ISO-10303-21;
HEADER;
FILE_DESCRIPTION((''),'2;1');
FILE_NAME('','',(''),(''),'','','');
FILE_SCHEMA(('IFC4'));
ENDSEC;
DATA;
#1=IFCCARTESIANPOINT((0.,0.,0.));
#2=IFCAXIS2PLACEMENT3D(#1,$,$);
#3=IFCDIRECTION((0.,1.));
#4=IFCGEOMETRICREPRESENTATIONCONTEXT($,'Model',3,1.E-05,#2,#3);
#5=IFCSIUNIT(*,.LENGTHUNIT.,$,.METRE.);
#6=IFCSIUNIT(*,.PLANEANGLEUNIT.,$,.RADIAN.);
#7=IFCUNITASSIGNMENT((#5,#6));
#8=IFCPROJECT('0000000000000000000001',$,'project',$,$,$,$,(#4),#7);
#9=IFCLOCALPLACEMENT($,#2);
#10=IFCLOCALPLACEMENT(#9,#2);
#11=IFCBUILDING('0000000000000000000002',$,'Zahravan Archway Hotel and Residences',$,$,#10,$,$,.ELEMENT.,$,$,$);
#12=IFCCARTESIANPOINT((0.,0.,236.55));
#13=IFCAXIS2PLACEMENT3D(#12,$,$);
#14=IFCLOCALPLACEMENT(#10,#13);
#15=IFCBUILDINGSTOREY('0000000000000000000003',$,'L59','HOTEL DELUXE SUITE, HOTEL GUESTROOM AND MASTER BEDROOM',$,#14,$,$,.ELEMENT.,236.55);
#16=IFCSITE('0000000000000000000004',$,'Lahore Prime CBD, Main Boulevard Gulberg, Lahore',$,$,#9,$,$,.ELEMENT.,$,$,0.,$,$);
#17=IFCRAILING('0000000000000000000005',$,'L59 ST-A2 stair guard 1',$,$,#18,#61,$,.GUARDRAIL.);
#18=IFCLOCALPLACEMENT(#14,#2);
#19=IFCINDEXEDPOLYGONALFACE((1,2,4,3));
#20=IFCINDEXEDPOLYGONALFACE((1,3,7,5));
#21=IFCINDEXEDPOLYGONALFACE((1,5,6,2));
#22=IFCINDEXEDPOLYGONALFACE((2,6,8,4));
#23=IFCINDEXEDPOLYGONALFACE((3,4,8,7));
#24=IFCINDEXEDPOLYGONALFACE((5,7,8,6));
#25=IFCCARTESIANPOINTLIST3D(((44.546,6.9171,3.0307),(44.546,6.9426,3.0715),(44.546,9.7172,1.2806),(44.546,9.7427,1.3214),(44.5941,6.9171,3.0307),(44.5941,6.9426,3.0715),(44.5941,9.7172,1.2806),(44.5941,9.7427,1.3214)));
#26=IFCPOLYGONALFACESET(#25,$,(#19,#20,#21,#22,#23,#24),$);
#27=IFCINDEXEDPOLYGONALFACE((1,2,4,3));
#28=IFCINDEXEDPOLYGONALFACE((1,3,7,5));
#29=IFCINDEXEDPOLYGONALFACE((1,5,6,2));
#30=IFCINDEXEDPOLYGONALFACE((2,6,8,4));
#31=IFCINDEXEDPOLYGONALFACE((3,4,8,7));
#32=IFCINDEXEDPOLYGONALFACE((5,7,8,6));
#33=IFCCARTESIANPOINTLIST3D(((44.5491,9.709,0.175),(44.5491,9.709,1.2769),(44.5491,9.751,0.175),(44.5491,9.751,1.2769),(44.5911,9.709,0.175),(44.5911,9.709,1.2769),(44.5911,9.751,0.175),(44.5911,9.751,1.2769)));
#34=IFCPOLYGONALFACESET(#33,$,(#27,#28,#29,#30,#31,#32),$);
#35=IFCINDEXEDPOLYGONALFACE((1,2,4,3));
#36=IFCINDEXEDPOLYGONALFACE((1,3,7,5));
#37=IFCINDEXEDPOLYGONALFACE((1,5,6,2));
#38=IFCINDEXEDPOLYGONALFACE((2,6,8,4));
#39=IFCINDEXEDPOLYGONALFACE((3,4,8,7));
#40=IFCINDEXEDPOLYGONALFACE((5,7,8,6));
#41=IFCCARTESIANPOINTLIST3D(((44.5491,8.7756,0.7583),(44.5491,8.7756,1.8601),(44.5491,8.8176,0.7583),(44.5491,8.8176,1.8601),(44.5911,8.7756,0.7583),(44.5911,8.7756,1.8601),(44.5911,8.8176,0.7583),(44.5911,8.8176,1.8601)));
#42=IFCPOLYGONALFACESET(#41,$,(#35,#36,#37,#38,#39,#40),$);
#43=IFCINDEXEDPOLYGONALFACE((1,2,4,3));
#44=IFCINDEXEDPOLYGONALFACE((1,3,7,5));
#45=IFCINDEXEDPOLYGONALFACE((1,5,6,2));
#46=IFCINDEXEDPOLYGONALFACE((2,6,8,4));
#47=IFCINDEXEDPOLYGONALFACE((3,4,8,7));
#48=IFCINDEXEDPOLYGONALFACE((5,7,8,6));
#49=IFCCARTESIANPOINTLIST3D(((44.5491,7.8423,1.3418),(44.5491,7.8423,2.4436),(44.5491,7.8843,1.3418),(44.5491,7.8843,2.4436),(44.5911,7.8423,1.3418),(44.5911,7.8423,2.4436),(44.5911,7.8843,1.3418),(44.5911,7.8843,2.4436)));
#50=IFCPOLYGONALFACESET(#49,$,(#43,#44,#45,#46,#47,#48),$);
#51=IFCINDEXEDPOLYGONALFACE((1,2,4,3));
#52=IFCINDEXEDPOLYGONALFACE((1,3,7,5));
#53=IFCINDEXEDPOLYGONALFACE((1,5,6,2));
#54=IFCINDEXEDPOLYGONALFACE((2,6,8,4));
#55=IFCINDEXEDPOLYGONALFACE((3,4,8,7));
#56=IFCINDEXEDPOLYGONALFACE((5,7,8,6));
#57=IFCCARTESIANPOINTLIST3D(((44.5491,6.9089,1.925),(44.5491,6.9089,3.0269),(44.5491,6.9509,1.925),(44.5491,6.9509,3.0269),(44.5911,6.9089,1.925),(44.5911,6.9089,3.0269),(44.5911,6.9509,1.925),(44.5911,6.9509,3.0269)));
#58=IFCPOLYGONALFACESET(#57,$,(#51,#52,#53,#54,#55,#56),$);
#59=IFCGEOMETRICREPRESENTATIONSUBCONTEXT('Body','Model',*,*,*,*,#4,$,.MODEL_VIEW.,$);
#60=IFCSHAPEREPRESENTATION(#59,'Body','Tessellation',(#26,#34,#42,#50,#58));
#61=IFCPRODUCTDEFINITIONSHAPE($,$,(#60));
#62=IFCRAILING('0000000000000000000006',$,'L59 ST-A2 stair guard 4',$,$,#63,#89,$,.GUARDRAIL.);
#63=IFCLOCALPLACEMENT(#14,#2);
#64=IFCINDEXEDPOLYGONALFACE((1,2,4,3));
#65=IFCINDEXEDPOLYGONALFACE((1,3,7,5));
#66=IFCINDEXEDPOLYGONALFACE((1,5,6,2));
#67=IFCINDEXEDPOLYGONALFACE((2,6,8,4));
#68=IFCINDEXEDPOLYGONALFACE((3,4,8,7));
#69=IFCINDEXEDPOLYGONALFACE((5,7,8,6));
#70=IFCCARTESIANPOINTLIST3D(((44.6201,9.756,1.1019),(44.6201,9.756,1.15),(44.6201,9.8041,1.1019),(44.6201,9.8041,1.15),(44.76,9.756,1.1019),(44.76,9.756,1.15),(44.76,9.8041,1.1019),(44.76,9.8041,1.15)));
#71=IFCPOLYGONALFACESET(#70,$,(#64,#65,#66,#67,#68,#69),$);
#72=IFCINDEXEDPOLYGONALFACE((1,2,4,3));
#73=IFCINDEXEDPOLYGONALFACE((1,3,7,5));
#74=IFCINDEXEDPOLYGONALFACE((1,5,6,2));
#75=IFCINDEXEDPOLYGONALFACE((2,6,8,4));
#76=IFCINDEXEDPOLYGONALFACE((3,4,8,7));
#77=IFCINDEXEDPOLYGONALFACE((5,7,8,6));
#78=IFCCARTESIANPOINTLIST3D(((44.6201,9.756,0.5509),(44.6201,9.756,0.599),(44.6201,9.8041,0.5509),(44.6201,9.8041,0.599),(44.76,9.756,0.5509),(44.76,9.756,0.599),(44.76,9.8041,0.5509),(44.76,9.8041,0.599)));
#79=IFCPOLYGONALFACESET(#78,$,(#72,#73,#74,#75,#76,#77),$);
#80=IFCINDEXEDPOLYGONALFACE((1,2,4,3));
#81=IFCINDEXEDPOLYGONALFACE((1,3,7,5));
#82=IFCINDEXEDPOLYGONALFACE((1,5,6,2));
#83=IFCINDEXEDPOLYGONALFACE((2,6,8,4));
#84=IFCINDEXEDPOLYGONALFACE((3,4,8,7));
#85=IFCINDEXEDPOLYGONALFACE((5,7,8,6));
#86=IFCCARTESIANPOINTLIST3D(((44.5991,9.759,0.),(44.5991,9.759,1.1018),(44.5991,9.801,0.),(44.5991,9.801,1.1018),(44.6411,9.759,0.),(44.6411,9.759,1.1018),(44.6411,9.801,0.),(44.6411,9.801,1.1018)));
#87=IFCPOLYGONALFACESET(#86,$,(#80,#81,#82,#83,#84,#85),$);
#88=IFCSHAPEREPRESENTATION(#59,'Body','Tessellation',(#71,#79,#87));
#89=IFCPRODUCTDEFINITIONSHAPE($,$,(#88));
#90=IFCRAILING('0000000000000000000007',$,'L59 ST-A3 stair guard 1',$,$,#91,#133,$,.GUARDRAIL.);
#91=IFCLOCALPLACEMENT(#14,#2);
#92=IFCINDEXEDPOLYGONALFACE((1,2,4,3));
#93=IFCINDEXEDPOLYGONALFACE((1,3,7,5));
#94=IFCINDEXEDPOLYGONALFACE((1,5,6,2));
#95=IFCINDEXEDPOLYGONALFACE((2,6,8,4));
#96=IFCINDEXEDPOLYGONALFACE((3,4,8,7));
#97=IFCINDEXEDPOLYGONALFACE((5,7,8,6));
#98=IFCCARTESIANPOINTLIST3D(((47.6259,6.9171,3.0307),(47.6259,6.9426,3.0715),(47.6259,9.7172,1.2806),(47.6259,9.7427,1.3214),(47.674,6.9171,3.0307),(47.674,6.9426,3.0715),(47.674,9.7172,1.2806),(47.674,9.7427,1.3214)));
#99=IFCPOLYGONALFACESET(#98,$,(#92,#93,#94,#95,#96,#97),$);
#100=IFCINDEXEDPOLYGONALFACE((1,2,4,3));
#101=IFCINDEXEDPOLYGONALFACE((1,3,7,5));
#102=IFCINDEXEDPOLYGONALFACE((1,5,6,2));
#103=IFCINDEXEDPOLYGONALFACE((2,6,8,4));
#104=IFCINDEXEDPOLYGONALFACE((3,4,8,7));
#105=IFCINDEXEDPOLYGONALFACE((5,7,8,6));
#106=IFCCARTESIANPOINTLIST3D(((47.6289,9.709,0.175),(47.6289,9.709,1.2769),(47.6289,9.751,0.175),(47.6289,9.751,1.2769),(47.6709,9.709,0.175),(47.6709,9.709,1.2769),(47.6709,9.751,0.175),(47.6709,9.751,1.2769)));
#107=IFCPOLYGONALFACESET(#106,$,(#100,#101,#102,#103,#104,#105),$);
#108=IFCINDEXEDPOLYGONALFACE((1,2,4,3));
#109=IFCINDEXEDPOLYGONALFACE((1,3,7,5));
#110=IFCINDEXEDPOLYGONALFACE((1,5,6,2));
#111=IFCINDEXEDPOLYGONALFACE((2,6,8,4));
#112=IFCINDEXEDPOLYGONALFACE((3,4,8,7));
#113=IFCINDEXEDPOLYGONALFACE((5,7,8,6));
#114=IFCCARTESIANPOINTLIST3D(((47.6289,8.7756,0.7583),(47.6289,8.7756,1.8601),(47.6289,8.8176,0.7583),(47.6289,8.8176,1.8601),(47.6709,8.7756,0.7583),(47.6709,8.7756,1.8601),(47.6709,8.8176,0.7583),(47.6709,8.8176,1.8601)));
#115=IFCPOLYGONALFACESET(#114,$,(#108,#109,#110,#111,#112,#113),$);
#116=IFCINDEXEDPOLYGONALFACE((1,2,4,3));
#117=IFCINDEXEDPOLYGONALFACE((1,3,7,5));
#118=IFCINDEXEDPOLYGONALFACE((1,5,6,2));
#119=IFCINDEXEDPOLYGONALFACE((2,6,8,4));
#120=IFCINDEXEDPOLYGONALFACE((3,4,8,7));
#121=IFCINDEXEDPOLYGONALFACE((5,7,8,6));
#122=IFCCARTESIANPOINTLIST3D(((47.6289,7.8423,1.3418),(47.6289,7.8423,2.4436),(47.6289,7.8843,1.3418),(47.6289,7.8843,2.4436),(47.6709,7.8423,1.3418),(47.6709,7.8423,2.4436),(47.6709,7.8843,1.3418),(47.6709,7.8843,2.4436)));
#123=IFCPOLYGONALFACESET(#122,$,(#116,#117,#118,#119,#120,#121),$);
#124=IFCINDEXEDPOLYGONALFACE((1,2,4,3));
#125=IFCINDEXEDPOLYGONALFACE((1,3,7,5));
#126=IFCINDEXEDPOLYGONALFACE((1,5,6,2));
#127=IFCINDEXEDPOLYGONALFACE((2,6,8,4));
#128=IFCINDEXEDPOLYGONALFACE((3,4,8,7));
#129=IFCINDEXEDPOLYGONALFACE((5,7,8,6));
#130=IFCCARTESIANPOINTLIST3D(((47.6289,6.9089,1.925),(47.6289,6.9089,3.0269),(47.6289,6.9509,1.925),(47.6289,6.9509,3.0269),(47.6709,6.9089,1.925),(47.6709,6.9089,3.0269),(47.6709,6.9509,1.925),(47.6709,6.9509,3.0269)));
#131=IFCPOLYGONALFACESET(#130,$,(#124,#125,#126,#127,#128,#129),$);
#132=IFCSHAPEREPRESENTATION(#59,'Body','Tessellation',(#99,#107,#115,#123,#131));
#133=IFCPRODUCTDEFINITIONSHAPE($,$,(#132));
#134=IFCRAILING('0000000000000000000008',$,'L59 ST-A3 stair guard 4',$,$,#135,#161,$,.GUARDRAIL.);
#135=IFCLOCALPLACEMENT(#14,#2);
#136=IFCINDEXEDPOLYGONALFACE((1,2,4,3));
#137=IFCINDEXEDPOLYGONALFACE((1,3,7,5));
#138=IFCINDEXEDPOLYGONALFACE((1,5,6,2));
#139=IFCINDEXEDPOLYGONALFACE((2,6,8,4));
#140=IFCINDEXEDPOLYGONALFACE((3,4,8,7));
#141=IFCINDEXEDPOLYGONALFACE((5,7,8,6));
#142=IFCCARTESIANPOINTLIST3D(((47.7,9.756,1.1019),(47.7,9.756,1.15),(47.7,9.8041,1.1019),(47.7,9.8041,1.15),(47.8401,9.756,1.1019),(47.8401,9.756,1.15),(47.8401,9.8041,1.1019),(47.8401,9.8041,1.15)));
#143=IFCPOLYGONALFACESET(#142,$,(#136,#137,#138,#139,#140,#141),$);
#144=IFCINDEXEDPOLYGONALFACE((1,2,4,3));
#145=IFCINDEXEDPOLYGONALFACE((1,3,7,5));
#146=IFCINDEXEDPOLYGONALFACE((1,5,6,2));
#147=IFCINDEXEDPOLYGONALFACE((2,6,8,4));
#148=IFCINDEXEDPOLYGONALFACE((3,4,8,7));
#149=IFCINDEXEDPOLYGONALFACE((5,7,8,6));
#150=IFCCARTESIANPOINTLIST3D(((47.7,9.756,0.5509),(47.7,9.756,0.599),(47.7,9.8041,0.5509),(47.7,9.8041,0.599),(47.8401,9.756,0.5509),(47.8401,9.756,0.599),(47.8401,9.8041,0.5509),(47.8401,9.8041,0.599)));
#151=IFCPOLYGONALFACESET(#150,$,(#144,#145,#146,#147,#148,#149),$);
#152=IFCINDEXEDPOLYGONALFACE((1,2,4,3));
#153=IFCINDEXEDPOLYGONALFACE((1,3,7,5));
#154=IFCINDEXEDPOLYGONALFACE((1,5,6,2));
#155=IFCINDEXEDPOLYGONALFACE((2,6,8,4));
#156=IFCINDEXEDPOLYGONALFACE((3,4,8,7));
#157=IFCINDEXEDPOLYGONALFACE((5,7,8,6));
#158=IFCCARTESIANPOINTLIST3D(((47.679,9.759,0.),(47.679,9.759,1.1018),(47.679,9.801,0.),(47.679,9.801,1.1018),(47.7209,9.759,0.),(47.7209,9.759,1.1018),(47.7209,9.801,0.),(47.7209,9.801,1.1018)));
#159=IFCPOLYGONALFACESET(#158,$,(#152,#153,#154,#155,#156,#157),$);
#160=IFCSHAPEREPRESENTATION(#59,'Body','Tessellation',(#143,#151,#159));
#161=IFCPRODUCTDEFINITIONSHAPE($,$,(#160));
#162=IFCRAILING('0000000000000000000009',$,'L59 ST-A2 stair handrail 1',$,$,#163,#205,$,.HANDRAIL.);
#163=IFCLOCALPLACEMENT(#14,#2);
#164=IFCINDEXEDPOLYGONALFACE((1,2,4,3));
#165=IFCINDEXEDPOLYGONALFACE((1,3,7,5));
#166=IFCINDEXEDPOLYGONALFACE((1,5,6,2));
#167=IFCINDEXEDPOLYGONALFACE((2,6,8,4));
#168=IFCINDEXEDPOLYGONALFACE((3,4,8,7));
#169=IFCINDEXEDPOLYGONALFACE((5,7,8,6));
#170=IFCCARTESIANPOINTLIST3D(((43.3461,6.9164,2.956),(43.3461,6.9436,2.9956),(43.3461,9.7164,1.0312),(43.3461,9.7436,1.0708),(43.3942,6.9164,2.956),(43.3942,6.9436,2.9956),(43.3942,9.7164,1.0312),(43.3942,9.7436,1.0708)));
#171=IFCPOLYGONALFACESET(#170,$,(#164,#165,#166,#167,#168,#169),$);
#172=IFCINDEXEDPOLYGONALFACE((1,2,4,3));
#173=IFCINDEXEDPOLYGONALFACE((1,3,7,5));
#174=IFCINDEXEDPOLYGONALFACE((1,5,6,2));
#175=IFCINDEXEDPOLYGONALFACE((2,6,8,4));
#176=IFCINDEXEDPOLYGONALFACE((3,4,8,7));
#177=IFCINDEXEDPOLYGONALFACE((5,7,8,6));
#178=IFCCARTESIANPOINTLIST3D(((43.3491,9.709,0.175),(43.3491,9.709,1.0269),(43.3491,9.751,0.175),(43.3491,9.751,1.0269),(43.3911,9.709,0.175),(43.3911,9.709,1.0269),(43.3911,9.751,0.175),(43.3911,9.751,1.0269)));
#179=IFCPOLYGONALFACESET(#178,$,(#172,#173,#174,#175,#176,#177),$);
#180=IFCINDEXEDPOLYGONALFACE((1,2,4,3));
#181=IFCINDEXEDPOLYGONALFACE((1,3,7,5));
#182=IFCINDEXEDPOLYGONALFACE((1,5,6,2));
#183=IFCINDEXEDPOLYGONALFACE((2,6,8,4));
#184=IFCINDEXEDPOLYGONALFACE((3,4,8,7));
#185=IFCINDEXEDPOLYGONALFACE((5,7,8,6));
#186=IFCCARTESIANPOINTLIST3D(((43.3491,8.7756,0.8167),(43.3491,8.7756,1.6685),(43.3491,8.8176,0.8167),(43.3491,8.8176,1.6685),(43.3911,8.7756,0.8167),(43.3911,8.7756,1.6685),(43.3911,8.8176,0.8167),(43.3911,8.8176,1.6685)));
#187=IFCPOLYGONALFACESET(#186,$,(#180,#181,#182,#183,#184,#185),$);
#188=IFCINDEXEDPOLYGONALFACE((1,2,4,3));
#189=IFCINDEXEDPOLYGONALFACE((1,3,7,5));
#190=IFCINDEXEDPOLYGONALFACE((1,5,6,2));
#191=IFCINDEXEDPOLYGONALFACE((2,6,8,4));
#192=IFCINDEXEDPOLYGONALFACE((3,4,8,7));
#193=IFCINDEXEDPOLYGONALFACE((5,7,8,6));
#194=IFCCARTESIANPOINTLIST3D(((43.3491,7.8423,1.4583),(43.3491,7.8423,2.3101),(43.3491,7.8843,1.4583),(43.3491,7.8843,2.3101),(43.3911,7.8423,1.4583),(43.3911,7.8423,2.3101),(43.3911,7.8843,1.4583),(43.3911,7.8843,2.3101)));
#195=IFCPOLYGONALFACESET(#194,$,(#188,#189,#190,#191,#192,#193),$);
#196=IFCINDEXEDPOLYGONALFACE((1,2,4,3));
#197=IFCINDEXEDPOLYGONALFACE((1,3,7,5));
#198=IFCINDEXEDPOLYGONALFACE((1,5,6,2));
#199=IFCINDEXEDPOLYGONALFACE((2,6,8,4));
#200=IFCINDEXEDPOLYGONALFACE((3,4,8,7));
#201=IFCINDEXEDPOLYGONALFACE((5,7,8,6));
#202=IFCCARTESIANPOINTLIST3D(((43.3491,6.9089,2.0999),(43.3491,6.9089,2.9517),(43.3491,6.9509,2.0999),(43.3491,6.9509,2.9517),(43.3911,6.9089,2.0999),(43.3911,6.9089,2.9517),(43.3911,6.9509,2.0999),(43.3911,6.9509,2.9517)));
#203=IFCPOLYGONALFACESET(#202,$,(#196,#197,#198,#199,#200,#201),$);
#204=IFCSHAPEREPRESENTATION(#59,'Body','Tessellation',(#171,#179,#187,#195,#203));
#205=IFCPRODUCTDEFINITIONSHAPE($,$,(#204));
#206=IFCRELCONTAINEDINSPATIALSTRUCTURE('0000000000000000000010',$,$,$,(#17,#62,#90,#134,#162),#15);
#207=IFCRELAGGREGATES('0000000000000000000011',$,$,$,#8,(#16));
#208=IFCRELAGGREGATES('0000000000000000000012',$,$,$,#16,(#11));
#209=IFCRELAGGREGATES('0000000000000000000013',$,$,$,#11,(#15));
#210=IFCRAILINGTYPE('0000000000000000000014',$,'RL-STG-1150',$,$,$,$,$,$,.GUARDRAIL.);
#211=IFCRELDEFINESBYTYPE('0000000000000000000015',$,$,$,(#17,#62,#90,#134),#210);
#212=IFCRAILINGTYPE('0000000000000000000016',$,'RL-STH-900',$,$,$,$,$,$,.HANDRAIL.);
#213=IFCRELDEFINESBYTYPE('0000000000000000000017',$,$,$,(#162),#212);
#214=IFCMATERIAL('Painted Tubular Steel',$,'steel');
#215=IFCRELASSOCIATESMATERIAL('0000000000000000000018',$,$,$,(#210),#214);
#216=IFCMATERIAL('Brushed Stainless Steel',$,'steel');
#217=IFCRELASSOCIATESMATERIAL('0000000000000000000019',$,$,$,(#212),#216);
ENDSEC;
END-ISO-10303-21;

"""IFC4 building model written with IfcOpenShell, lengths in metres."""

from ifc_helpers import new_model, si_unit, direction, frame, origin, origin_2d, place, context, subcontext, project, spatial, rectangle, extrude, material, type_object, element, save


model = new_model("IFC4")

# Units and contexts
model_context = context("Model", 3, precision=1e-05, world=origin(), true_north=direction((0.0, 1.0)))
body_context = subcontext(model_context, "Body", "Model", "MODEL_VIEW")
ifc_project = project(units=[si_unit("LENGTHUNIT", "METRE"), si_unit("PLANEANGLEUNIT", "RADIAN")], contexts=[model_context])

# Site, building, storey
site_placement = place(None, origin())
site = spatial("IfcSite", under=ifc_project, at=site_placement, Name="Lahore Prime CBD, Main Boulevard Gulberg, Lahore", CompositionType="ELEMENT", RefElevation=0.0)
building_placement = place(site_placement, origin())
building = spatial("IfcBuilding", under=site, at=building_placement, Name="Zahravan Archway Hotel and Residences", CompositionType="ELEMENT")
storey_placement = place(building_placement, frame((0.0, 0.0, 236.55)))
storey = spatial("IfcBuildingStorey", under=building, at=storey_placement, Name="L59", Description="HOTEL DELUXE SUITE, HOTEL GUESTROOM AND MASTER BEDROOM", CompositionType="ELEMENT", Elevation=236.55)

# Railings
ifc_material_1 = material(Name="Painted Tubular Steel", Category="steel")
railing_type_1 = type_object("IfcRailingType", Name="RL-STG-1150", PredefinedType="GUARDRAIL", material=ifc_material_1)
railing_1_placement = place(storey_placement, frame((44.5701, 9.73, 0.175)))
element("IfcRailing", 1, at=railing_1_placement, inside=storey, type_object=railing_type_1, Name="L59 ST-A2 stair guard 1", PredefinedType="GUARDRAIL", context=body_context, shape_type="SweptSolid", body=[
    extrude(rectangle(XDim=0.0481, YDim=0.0481, at=origin_2d()), frame((0.0, 0.0, 1.126), z_axis=(0.0, -0.848002, 0.529992), x_axis=(1.0, 0.0, 0.0)), (0.0, 0.0, 1.0), 3.302),
    extrude(rectangle(XDim=0.042, YDim=0.042, at=origin_2d()), origin(), (0.0, 0.0, 1.0), 1.1018),
    extrude(rectangle(XDim=0.042, YDim=0.042, at=origin_2d()), frame((0.0, -0.9333, 0.5833)), (0.0, 0.0, 1.0), 1.1018),
    extrude(rectangle(XDim=0.042, YDim=0.042, at=origin_2d()), frame((0.0, -1.8667, 1.1667)), (0.0, 0.0, 1.0), 1.1018),
    extrude(rectangle(XDim=0.042, YDim=0.042, at=origin_2d()), frame((0.0, -2.8, 1.75)), (0.0, 0.0, 1.0), 1.1018),
])
railing_2_placement = place(storey_placement, frame((44.6201, 9.78, 0.0)))
element("IfcRailing", 2, at=railing_2_placement, inside=storey, type_object=railing_type_1, Name="L59 ST-A2 stair guard 4", PredefinedType="GUARDRAIL", context=body_context, shape_type="SweptSolid", body=[
    extrude(rectangle(XDim=0.0481, YDim=0.0481, at=origin_2d()), frame((0.0, 0.0, 1.126), z_axis=(1.0, 0.0, 0.0), x_axis=(0.0, 1.0, 0.0)), (0.0, 0.0, 1.0), 0.1399),
    extrude(rectangle(XDim=0.0481, YDim=0.0481, at=origin_2d()), frame((0.0, 0.0, 0.575), z_axis=(1.0, 0.0, 0.0), x_axis=(0.0, 1.0, 0.0)), (0.0, 0.0, 1.0), 0.1399),
    extrude(rectangle(XDim=0.042, YDim=0.042, at=origin_2d()), origin(), (0.0, 0.0, 1.0), 1.1018),
])
railing_3_placement = place(storey_placement, frame((47.6499, 9.73, 0.175)))
element("IfcRailing", 3, at=railing_3_placement, inside=storey, type_object=railing_type_1, Name="L59 ST-A3 stair guard 1", PredefinedType="GUARDRAIL", context=body_context, shape_type="SweptSolid", body=[
    extrude(rectangle(XDim=0.0481, YDim=0.0481, at=origin_2d()), frame((0.0, 0.0, 1.126), z_axis=(0.0, -0.848002, 0.529992), x_axis=(1.0, 0.0, 0.0)), (0.0, 0.0, 1.0), 3.302),
    extrude(rectangle(XDim=0.042, YDim=0.042, at=origin_2d()), origin(), (0.0, 0.0, 1.0), 1.1018),
    extrude(rectangle(XDim=0.042, YDim=0.042, at=origin_2d()), frame((0.0, -0.9333, 0.5833)), (0.0, 0.0, 1.0), 1.1018),
    extrude(rectangle(XDim=0.042, YDim=0.042, at=origin_2d()), frame((0.0, -1.8667, 1.1667)), (0.0, 0.0, 1.0), 1.1018),
    extrude(rectangle(XDim=0.042, YDim=0.042, at=origin_2d()), frame((0.0, -2.8, 1.75)), (0.0, 0.0, 1.0), 1.1018),
])
railing_4_placement = place(storey_placement, frame((47.7, 9.78, 0.0)))
element("IfcRailing", 4, at=railing_4_placement, inside=storey, type_object=railing_type_1, Name="L59 ST-A3 stair guard 4", PredefinedType="GUARDRAIL", context=body_context, shape_type="SweptSolid", body=[
    extrude(rectangle(XDim=0.0481, YDim=0.0481, at=origin_2d()), frame((0.0, 0.0, 1.126), z_axis=(1.0, 0.0, 0.0), x_axis=(0.0, 1.0, 0.0)), (0.0, 0.0, 1.0), 0.1401),
    extrude(rectangle(XDim=0.0481, YDim=0.0481, at=origin_2d()), frame((0.0, 0.0, 0.575), z_axis=(1.0, 0.0, 0.0), x_axis=(0.0, 1.0, 0.0)), (0.0, 0.0, 1.0), 0.1401),
    extrude(rectangle(XDim=0.042, YDim=0.042, at=origin_2d()), origin(), (0.0, 0.0, 1.0), 1.1018),
])
ifc_material_2 = material(Name="Brushed Stainless Steel", Category="steel")
railing_type_2 = type_object("IfcRailingType", Name="RL-STH-900", PredefinedType="HANDRAIL", material=ifc_material_2)
for number, where, name in (
    (5, (43.3701, 9.73, 0.175), "L59 ST-A2 stair handrail 1"),
):
    element("IfcRailing", number, at=place(storey_placement, frame(where)), inside=storey, type_object=railing_type_2, Name=name, PredefinedType="HANDRAIL", context=body_context, shape_type="SweptSolid", body=[
        extrude(rectangle(XDim=0.0481, YDim=0.0481, at=origin_2d()), frame((0.0, 0.0, 0.876), z_axis=(0.0, -0.824073, 0.566483), x_axis=(1.0, 0.0, 0.0)), (0.0, 0.0, 1.0), 3.3977),
        extrude(rectangle(XDim=0.042, YDim=0.042, at=origin_2d()), origin(), (0.0, 0.0, 1.0), 0.8518),
        extrude(rectangle(XDim=0.042, YDim=0.042, at=origin_2d()), frame((0.0, -0.9333, 0.6416)), (0.0, 0.0, 1.0), 0.8518),
        extrude(rectangle(XDim=0.042, YDim=0.042, at=origin_2d()), frame((0.0, -1.8667, 1.2832)), (0.0, 0.0, 1.0), 0.8518),
        extrude(rectangle(XDim=0.042, YDim=0.042, at=origin_2d()), frame((0.0, -2.8, 1.9248)), (0.0, 0.0, 1.0), 0.8518),
    ])

save(model, "model.ifc")
